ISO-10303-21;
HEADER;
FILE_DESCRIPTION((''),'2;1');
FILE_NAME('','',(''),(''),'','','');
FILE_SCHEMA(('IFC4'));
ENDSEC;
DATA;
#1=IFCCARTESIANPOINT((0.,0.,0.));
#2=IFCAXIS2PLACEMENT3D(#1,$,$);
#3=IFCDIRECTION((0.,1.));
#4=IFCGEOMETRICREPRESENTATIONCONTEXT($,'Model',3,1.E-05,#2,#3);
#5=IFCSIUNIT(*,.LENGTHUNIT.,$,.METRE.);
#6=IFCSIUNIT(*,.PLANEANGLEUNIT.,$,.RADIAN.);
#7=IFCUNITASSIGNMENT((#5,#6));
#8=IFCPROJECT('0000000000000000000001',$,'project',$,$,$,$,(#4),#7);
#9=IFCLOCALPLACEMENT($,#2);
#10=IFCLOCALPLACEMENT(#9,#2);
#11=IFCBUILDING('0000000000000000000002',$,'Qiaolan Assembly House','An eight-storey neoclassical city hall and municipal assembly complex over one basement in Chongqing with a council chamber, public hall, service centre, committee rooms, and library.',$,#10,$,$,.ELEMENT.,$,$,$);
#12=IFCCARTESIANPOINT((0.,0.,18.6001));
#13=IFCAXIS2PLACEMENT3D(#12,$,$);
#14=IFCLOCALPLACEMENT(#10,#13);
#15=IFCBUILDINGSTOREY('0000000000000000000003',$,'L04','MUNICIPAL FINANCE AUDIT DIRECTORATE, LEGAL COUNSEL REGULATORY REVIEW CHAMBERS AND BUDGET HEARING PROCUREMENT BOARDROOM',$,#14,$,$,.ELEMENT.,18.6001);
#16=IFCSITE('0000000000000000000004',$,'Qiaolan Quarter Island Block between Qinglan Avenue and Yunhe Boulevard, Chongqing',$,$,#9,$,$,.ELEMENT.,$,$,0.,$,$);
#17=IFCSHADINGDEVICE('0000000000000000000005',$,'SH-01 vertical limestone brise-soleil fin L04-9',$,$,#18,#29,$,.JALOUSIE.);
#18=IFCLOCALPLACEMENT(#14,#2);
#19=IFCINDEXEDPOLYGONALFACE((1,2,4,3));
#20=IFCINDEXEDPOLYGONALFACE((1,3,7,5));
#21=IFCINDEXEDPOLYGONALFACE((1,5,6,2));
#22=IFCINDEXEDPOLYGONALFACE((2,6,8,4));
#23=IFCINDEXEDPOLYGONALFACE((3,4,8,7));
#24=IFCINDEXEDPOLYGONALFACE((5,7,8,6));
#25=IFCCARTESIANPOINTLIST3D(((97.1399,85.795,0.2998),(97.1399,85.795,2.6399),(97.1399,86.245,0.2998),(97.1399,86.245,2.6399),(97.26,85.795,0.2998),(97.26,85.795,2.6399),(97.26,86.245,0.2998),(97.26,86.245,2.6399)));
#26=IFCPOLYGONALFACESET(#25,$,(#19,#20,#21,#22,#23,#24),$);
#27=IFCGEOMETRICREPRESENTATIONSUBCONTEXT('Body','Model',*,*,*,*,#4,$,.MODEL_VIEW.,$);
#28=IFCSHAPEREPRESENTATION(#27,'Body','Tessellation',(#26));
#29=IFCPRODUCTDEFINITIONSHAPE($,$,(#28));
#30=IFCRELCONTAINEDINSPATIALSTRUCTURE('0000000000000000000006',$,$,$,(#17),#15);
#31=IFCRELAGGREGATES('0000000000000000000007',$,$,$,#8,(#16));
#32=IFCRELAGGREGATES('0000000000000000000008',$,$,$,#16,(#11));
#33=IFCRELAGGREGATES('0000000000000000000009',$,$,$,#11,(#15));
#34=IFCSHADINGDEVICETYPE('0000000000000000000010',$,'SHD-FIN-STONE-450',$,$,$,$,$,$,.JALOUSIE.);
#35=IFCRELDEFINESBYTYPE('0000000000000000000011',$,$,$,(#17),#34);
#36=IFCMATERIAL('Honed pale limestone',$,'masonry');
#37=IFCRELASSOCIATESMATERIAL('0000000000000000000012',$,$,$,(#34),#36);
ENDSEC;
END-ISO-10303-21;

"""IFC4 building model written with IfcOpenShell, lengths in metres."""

from ifc_helpers import new_model, si_unit, direction, frame, origin, origin_2d, place, context, subcontext, project, spatial, rectangle, extrude, material, material_profile, profile_set, type_object, element, save


model = new_model("IFC4")

# Units and contexts
model_context = context("Model", 3, precision=1e-05, world=origin(), true_north=direction((0.0, 1.0)))
body_context = subcontext(model_context, "Body", "Model", "MODEL_VIEW")
ifc_project = project(units=[si_unit("LENGTHUNIT", "METRE"), si_unit("PLANEANGLEUNIT", "RADIAN")], contexts=[model_context])

# Site, building, storey
site_placement = place(None, origin())
site = spatial("IfcSite", under=ifc_project, at=site_placement, Name="Qiaolan Quarter Island Block between Qinglan Avenue and Yunhe Boulevard, Chongqing", CompositionType="ELEMENT", RefElevation=0.0)
building_placement = place(site_placement, origin())
building = spatial("IfcBuilding", under=site, at=building_placement, Name="Qiaolan Assembly House", Description="An eight-storey neoclassical city hall and municipal assembly complex over one basement in Chongqing with a council chamber, public hall, service centre, committee rooms, and library.", CompositionType="ELEMENT")
storey_placement = place(building_placement, frame((0.0, 0.0, 18.6001)))
storey = spatial("IfcBuildingStorey", under=building, at=storey_placement, Name="L04", Description="MUNICIPAL FINANCE AUDIT DIRECTORATE, LEGAL COUNSEL REGULATORY REVIEW CHAMBERS AND BUDGET HEARING PROCUREMENT BOARDROOM", CompositionType="ELEMENT", Elevation=18.6001)

# Shared definitions
ifc_material_1 = material(Name="Honed pale limestone", Category="masonry")

# Shading device
ifc_material_profile_1 = material_profile(ifc_material_1, rectangle(XDim=0.1201, YDim=0.45, at=origin_2d()), Name="FIN 120x450")
ifc_profile_set_1 = profile_set([ifc_material_profile_1], Name="Honed pale limestone")
shading_device_type = type_object("IfcShadingDeviceType", Name="SHD-FIN-STONE-450", PredefinedType="JALOUSIE", material=ifc_profile_set_1)
shading_device_placement = place(storey_placement, frame((97.2, 86.02, 0.2998), z_axis=(0.0, 0.0, 1.0), x_axis=(1.0, 0.0, 0.0)))
element("IfcShadingDevice", 1, at=shading_device_placement, inside=storey, type_object=shading_device_type, Name="SH-01 vertical limestone brise-soleil fin L04-9", PredefinedType="JALOUSIE", context=body_context, shape_type="SweptSolid", body=[
    extrude(rectangle(XDim=0.1201, YDim=0.45, at=origin_2d()), origin(), (0.0, 0.0, 1.0), 2.3401),
])

save(model, "model.ifc")
